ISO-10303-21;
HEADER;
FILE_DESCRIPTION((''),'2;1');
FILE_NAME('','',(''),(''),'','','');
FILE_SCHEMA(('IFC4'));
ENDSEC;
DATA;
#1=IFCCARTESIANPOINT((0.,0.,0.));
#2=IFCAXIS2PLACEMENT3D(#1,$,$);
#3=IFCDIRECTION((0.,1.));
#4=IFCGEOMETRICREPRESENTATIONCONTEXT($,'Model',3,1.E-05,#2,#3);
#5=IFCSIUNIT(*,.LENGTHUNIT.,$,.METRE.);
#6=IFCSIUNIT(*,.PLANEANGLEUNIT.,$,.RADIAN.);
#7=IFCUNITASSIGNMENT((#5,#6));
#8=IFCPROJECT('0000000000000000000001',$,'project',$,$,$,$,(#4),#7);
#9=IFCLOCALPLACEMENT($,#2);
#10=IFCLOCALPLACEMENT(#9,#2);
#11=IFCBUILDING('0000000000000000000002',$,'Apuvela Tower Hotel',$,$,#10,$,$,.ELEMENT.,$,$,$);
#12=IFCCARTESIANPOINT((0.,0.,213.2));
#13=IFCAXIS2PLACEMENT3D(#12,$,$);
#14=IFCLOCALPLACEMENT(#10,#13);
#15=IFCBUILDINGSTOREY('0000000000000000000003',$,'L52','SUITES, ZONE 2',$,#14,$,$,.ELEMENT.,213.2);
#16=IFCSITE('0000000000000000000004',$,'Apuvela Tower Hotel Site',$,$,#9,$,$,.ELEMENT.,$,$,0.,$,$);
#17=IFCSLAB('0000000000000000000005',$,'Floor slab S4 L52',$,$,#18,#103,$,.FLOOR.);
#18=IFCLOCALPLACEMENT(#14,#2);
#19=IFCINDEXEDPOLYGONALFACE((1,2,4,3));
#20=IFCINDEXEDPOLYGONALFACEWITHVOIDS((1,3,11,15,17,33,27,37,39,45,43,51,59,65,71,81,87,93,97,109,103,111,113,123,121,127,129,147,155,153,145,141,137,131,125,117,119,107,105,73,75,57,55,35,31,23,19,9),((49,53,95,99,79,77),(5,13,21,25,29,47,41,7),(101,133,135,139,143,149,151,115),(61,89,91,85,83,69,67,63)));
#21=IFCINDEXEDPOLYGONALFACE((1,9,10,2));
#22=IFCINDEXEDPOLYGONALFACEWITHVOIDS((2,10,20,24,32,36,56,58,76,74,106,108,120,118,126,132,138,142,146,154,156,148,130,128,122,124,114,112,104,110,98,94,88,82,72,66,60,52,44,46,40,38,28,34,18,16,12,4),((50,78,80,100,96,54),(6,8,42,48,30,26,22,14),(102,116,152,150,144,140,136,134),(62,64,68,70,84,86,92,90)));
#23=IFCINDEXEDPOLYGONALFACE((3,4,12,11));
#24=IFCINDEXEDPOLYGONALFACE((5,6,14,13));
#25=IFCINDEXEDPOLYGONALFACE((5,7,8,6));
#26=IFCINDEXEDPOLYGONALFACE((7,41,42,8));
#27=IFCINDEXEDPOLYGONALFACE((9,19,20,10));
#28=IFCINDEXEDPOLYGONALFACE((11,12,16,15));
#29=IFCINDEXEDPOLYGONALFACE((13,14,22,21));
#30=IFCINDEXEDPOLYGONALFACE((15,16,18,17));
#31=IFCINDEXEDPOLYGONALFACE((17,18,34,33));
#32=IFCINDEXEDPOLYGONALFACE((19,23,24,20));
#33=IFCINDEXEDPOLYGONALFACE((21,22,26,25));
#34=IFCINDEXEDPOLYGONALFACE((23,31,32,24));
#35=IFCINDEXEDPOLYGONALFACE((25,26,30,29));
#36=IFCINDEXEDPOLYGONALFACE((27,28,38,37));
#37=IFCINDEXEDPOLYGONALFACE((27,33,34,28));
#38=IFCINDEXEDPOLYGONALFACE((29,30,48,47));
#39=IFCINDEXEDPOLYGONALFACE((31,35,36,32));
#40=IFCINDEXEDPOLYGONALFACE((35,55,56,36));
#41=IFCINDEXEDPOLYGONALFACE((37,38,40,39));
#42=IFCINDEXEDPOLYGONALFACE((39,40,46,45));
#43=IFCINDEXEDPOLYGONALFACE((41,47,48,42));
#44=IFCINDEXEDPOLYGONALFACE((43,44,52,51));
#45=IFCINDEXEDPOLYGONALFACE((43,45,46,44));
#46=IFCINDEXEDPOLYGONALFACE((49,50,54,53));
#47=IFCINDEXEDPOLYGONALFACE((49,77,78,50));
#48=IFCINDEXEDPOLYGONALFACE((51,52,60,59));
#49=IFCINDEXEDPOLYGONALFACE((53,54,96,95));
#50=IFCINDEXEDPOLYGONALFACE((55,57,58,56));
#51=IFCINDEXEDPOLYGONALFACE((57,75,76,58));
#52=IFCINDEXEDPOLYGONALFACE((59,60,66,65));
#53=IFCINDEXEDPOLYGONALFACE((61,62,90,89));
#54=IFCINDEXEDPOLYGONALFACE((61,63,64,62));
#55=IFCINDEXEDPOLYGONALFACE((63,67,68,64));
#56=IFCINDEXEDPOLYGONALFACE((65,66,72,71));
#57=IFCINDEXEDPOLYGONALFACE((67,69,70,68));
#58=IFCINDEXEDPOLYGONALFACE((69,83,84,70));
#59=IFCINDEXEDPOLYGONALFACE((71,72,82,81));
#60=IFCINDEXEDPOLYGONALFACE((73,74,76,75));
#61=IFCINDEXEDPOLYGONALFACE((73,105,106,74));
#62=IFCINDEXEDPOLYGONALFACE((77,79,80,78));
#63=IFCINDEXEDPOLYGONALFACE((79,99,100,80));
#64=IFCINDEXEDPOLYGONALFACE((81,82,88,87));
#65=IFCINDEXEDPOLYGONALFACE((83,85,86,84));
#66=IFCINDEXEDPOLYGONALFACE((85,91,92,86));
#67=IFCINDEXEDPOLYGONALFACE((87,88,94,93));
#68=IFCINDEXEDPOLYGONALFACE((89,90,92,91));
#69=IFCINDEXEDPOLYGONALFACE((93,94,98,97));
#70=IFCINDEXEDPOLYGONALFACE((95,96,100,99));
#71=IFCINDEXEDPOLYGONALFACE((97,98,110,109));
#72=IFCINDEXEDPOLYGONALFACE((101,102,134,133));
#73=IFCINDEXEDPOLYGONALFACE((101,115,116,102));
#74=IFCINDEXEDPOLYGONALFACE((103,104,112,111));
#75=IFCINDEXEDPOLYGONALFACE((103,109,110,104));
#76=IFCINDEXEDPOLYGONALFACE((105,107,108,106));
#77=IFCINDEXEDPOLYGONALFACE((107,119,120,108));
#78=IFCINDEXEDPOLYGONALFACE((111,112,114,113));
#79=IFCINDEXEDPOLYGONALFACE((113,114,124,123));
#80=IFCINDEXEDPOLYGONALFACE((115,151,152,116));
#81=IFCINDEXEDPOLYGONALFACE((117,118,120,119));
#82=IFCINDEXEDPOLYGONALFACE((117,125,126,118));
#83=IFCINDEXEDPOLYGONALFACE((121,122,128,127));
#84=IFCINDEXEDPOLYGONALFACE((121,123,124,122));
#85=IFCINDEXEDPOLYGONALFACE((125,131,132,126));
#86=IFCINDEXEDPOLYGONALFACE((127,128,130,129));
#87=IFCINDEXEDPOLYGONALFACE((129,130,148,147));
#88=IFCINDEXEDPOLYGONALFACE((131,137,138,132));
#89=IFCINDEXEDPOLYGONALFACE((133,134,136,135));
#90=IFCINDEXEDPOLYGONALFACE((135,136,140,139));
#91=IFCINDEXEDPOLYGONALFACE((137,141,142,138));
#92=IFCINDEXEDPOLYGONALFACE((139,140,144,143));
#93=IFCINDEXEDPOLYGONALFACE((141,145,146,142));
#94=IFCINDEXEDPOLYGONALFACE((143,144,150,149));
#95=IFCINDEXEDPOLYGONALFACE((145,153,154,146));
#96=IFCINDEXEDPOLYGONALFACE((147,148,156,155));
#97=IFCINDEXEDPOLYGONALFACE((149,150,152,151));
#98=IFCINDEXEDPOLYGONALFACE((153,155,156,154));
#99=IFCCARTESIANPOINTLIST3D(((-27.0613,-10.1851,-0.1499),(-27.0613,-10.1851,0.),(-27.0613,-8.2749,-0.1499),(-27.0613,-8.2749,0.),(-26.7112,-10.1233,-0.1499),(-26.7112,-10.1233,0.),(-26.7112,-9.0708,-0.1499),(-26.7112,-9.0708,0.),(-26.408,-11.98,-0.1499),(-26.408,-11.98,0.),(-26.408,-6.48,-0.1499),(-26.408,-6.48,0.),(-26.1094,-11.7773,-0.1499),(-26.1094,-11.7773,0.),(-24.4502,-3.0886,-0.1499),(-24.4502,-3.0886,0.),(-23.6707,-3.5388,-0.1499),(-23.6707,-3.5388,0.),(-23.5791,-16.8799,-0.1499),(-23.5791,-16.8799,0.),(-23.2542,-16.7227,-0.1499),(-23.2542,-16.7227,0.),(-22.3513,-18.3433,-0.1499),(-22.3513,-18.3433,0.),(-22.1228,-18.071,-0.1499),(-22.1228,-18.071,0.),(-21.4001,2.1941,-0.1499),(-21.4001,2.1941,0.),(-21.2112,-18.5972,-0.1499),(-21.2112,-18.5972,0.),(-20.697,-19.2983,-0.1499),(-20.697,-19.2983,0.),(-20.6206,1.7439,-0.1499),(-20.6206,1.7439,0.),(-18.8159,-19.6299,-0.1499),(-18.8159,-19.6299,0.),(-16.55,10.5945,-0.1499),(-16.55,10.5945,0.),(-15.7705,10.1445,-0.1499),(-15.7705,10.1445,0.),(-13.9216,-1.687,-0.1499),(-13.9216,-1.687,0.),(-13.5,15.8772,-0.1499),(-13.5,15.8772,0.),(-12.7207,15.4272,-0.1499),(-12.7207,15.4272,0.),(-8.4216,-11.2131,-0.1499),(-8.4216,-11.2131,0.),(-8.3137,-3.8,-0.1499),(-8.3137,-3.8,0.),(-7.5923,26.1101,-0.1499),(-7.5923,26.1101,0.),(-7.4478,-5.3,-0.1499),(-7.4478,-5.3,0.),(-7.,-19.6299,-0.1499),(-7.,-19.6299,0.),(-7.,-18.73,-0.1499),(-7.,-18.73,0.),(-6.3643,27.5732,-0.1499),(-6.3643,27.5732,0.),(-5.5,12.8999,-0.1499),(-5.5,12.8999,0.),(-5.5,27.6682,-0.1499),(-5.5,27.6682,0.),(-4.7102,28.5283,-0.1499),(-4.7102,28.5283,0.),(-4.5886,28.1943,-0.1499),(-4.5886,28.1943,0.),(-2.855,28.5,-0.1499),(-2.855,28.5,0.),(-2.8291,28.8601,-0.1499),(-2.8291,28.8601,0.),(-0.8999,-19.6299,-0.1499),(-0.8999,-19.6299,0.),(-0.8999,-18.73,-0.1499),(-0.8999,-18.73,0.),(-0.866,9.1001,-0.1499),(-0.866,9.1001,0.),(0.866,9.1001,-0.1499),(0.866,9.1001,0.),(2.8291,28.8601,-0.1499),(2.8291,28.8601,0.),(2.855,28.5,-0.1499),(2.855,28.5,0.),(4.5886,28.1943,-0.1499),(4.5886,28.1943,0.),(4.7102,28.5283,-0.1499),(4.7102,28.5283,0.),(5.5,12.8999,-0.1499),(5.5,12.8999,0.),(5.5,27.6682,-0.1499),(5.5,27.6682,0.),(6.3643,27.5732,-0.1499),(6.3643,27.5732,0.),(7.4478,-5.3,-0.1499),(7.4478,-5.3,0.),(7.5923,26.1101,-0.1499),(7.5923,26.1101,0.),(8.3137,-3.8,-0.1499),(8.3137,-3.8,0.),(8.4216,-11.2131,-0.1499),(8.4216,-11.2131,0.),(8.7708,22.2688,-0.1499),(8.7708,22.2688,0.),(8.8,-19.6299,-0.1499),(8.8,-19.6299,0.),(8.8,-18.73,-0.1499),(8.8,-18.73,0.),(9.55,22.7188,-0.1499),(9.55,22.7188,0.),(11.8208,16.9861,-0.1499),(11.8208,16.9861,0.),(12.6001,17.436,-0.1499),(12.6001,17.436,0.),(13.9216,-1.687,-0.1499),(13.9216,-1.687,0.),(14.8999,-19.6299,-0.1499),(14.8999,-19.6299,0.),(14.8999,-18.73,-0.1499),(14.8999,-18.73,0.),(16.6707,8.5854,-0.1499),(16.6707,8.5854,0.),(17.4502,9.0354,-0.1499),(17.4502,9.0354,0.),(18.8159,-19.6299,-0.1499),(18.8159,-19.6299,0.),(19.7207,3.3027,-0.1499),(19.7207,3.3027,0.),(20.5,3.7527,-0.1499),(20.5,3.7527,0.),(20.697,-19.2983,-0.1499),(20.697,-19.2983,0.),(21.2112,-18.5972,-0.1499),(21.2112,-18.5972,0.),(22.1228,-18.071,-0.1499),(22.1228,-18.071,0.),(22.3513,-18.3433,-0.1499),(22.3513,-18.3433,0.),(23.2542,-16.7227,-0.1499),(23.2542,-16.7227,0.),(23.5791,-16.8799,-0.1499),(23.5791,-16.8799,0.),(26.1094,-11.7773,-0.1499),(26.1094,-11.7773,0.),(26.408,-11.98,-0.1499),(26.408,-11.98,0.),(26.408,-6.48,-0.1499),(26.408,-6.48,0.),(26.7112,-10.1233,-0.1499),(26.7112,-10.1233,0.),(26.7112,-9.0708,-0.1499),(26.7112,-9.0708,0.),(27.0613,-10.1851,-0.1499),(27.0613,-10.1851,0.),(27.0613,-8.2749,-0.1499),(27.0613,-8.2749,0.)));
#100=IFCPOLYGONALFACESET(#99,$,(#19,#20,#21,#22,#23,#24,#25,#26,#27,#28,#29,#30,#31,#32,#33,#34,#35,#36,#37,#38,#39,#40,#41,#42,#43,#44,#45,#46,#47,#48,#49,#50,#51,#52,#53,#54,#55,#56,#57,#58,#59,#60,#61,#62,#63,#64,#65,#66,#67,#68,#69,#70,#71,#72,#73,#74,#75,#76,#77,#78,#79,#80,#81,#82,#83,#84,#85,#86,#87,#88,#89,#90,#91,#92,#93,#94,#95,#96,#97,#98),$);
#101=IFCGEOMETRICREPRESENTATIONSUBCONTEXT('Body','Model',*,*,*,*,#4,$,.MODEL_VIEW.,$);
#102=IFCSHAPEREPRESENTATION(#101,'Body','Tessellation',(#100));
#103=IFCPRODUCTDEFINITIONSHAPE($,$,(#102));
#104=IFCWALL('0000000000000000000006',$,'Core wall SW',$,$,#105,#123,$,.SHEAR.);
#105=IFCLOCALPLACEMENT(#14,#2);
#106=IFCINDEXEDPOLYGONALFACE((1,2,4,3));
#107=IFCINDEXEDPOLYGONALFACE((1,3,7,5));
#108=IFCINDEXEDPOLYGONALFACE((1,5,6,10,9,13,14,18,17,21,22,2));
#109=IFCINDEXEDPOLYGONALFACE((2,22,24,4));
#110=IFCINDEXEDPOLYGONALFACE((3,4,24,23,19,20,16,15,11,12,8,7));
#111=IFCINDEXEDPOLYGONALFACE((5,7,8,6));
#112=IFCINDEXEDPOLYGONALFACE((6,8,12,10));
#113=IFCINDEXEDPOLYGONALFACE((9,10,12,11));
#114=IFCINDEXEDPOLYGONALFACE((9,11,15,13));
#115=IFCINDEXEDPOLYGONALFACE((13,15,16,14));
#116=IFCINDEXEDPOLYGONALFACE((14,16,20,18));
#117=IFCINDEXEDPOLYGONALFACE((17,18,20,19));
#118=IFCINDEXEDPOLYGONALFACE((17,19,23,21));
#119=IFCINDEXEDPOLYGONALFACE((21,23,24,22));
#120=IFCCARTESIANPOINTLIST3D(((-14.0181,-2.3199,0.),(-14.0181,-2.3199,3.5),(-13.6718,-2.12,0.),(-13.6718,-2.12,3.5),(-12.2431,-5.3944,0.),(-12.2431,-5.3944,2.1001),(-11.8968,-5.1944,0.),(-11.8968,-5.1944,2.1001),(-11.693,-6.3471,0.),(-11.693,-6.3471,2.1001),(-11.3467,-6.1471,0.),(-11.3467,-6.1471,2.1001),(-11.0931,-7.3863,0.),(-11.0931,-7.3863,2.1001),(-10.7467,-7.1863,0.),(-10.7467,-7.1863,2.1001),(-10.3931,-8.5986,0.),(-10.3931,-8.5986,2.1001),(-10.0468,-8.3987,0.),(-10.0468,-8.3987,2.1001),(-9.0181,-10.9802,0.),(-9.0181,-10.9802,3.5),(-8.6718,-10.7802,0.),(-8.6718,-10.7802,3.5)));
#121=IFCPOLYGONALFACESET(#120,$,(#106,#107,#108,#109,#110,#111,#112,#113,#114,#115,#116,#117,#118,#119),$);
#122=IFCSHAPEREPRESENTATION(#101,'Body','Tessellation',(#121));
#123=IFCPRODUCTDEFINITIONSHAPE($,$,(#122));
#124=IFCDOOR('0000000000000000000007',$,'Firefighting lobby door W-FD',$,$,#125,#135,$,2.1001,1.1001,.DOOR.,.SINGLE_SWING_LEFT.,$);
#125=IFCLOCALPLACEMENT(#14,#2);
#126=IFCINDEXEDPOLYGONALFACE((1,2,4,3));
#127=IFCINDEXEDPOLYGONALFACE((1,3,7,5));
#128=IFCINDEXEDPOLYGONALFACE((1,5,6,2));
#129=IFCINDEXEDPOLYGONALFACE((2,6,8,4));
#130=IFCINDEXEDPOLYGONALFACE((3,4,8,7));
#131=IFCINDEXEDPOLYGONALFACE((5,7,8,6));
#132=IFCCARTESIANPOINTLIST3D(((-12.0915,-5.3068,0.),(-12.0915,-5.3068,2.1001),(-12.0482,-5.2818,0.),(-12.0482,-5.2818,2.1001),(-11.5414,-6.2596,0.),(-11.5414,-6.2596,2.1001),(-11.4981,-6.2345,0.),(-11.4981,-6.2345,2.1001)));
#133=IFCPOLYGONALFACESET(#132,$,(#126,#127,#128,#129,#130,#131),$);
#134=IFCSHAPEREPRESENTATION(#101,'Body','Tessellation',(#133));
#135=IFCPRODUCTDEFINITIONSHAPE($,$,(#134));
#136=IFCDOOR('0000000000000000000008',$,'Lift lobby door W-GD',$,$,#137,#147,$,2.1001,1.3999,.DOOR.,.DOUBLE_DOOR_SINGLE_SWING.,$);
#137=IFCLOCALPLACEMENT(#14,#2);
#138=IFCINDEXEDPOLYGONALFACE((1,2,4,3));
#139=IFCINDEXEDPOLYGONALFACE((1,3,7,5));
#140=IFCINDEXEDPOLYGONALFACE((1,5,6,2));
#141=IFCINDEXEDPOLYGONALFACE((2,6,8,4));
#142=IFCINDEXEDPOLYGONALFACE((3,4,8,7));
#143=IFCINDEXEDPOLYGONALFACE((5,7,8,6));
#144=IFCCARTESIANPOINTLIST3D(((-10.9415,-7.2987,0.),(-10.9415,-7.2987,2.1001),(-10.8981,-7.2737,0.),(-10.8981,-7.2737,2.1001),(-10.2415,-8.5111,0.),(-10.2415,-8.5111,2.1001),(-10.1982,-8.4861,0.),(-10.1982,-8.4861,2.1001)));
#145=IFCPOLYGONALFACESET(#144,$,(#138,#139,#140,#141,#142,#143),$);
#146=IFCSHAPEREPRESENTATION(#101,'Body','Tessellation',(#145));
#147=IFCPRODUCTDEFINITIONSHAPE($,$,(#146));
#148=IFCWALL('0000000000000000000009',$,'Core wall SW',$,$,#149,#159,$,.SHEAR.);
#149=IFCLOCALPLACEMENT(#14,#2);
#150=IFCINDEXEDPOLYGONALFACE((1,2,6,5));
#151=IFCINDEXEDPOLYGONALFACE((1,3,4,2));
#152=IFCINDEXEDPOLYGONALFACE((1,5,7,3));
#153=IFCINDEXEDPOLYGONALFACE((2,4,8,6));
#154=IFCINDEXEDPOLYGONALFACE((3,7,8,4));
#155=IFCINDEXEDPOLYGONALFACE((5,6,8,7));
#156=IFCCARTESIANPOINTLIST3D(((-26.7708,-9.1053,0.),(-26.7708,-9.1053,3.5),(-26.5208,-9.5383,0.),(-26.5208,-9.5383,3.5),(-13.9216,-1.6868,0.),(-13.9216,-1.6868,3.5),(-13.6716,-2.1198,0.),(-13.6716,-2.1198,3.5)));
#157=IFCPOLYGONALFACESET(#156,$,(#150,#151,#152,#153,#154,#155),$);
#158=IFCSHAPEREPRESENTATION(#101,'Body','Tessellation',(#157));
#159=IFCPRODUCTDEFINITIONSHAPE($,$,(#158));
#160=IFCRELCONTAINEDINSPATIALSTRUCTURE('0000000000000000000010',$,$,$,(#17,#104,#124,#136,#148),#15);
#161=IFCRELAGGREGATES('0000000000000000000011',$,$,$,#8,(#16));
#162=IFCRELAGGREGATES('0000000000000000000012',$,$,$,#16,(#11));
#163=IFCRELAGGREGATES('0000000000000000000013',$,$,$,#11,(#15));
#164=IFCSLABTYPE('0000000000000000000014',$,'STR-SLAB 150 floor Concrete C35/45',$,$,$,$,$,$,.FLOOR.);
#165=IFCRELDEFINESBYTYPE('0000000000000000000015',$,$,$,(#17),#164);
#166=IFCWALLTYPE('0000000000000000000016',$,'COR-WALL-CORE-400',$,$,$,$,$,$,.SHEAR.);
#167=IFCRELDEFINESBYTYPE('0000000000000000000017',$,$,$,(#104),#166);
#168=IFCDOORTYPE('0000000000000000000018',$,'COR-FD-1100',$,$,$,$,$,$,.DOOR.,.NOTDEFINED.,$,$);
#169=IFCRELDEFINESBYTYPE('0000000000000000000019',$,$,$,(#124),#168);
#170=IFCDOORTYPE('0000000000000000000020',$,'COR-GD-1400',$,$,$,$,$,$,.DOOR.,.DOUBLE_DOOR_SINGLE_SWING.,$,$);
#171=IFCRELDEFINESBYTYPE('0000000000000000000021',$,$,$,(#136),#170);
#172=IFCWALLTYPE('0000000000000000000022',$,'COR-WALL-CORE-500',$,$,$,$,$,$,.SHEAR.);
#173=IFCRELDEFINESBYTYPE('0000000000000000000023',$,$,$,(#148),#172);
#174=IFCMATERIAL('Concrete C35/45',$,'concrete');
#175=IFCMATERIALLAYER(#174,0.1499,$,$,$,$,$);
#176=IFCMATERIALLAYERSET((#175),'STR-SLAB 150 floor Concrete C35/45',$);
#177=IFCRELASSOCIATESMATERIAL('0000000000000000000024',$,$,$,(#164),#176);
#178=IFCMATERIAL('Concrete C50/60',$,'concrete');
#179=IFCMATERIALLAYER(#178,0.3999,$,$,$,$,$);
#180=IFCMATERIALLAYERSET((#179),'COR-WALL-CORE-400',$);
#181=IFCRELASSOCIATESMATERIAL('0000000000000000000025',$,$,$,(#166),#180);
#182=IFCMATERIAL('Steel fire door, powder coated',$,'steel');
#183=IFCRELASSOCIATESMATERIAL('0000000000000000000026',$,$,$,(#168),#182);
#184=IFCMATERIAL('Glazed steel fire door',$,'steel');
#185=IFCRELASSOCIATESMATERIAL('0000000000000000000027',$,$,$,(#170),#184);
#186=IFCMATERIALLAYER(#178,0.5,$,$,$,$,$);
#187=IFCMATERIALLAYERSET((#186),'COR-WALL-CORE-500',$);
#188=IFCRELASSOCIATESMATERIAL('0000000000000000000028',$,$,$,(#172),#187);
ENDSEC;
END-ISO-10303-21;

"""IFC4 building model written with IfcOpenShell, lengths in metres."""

from ifc_helpers import new_model, si_unit, direction, frame, frame_2d, origin, place, context, subcontext, project, spatial, polyline, rectangle, outline, extrude, material, layer, layer_set, type_object, element, fill, save


model = new_model("IFC4")

# Units and contexts
model_context = context("Model", 3, precision=1e-05, world=origin(), true_north=direction((0.0, 1.0)))
body_context = subcontext(model_context, "Body", "Model", "MODEL_VIEW")
ifc_project = project(units=[si_unit("LENGTHUNIT", "METRE"), si_unit("PLANEANGLEUNIT", "RADIAN")], contexts=[model_context])

# Site, building, storey
site_placement = place(None, origin())
site = spatial("IfcSite", under=ifc_project, at=site_placement, Name="Apuvela Tower Hotel Site", CompositionType="ELEMENT", RefElevation=0.0)
building_placement = place(site_placement, origin())
building = spatial("IfcBuilding", under=site, at=building_placement, Name="Apuvela Tower Hotel", CompositionType="ELEMENT")
storey_placement = place(building_placement, frame((0.0, 0.0, 213.2)))
storey = spatial("IfcBuildingStorey", under=building, at=storey_placement, Name="L52", Description="SUITES, ZONE 2", CompositionType="ELEMENT", Elevation=213.2)

# Slab
ifc_material_1 = material(Name="Concrete C35/45", Category="concrete")
ifc_layer_1 = layer(ifc_material_1, 0.1499)
ifc_layer_set_1 = layer_set([ifc_layer_1], Name="STR-SLAB 150 floor Concrete C35/45")
slab_type_1 = type_object("IfcSlabType", Name="STR-SLAB 150 floor Concrete C35/45", PredefinedType="FLOOR", material=ifc_layer_set_1)
slab_1_placement = place(storey_placement, frame((0.0, 0.0, -0.1499)))
element("IfcSlab", 1, at=slab_1_placement, inside=storey, type_object=slab_type_1, Name="Floor slab S4 L52", PredefinedType="FLOOR", context=body_context, shape_type="SweptSolid", body=[
    extrude(outline(polyline([(-6.3643, 27.5732), (-4.7102, 28.5283), (-2.8291, 28.8601), (2.8291, 28.8601), (4.7102, 28.5283), (6.3643, 27.5732), (7.5923, 26.1101), (9.55, 22.7188), (8.7708, 22.2688), (11.8208, 16.9861), (12.6001, 17.436), (17.4502, 9.0354), (16.6707, 8.5854), (19.7207, 3.3027), (20.5, 3.7527), (26.408, -6.48), (27.0613, -8.2749), (27.0613, -10.1851), (26.408, -11.98), (23.5791, -16.8799), (22.3513, -18.3433), (20.697, -19.2983), (18.8159, -19.6299), (14.8999, -19.6299), (14.8999, -18.73), (8.8, -18.73), (8.8, -19.6299), (-0.8999, -19.6299), (-0.8999, -18.73), (-7.0, -18.73), (-7.0, -19.6299), (-18.8159, -19.6299), (-20.697, -19.2983), (-22.3513, -18.3433), (-23.5791, -16.8799), (-26.408, -11.98), (-27.0613, -10.1851), (-27.0613, -8.2749), (-26.408, -6.48), (-24.4502, -3.0886), (-23.6707, -3.5388), (-20.6206, 1.7439), (-21.4001, 2.1941), (-16.55, 10.5945), (-15.7705, 10.1445), (-12.7207, 15.4272), (-13.5, 15.8772), (-7.5923, 26.1101), (-6.3643, 27.5732)]), holes=[polyline([(0.866, 9.1001), (-0.866, 9.1001), (-8.3137, -3.8), (-7.4478, -5.3), (7.4478, -5.3), (8.3137, -3.8), (0.866, 9.1001)]), polyline([(-5.5, 12.8999), (-5.5, 27.6682), (-4.5886, 28.1943), (-2.855, 28.5), (2.855, 28.5), (4.5886, 28.1943), (5.5, 27.6682), (5.5, 12.8999), (-5.5, 12.8999)]), polyline([(-8.4216, -11.2131), (-21.2112, -18.5972), (-22.1228, -18.071), (-23.2542, -16.7227), (-26.1094, -11.7773), (-26.7112, -10.1233), (-26.7112, -9.0708), (-13.9216, -1.687), (-8.4216, -11.2131)]), polyline([(13.9216, -1.687), (26.7112, -9.0708), (26.7112, -10.1233), (26.1094, -11.7773), (23.2542, -16.7227), (22.1228, -18.071), (21.2112, -18.5972), (8.4216, -11.2131), (13.9216, -1.687)])]), origin(), (0.0, 0.0, 1.0), 0.1499),
])

# Wall, openings, doors
ifc_material_2 = material(Name="Concrete C50/60", Category="concrete")
ifc_layer_2 = layer(ifc_material_2, 0.3999)
ifc_layer_set_2 = layer_set([ifc_layer_2], Name="COR-WALL-CORE-400")
wall_type_1 = type_object("IfcWallType", Name="COR-WALL-CORE-400", PredefinedType="SHEAR", material=ifc_layer_set_2)
wall_1_placement = place(storey_placement, frame((-13.845, -2.22, 0.0), z_axis=(0.0, 0.0, 1.0), x_axis=(0.500004, -0.866023, 0.0)))
wall_1 = element("IfcWall", 2, at=wall_1_placement, inside=storey, type_object=wall_type_1, Name="Core wall SW", PredefinedType="SHEAR", context=body_context, shape_type="SweptSolid", body=[
    extrude(rectangle(XDim=10.0, YDim=0.3999, at=frame_2d((5.0, 0.0))), origin(), (0.0, 0.0, 1.0), 3.5),
])
opening_1_placement = place(wall_1_placement, frame((3.55, 0.0, 0.0)))
opening_1 = element("IfcOpeningElement", 3, at=opening_1_placement, cuts=wall_1, PredefinedType="OPENING", context=body_context, shape_type="SweptSolid", body=[
    extrude(rectangle(XDim=1.1001, YDim=2.1001, at=frame_2d((0.55, 1.05))), frame((0.0, 0.21, 0.0), z_axis=(0.0, -1.0, 0.0), x_axis=(1.0, 0.0, 0.0)), (0.0, 0.0, 1.0), 0.4199),
])
opening_2_placement = place(wall_1_placement, frame((5.8501, 0.0, 0.0)))
opening_2 = element("IfcOpeningElement", 4, at=opening_2_placement, cuts=wall_1, PredefinedType="OPENING", context=body_context, shape_type="SweptSolid", body=[
    extrude(rectangle(XDim=1.3999, YDim=2.1001, at=frame_2d((0.7, 1.05))), frame((0.0, 0.21, 0.0), z_axis=(0.0, -1.0, 0.0), x_axis=(1.0, 0.0, 0.0)), (0.0, 0.0, 1.0), 0.4199),
])
ifc_material_3 = material(Name="Steel fire door, powder coated", Category="steel")
door_type_1 = type_object("IfcDoorType", Name="COR-FD-1100", OperationType="NOTDEFINED", PredefinedType="DOOR", material=ifc_material_3)
door_1_placement = place(opening_1_placement, frame((1.1001, 0.0, 0.0), z_axis=(0.0, 0.0, 1.0), x_axis=(-1.0, 0.0, 0.0)))
door_1 = element("IfcDoor", 5, at=door_1_placement, inside=storey, type_object=door_type_1, Name="Firefighting lobby door W-FD", OperationType="SINGLE_SWING_LEFT", OverallHeight=2.1001, OverallWidth=1.1001, PredefinedType="DOOR", context=body_context, shape_type="SweptSolid", body=[
    extrude(rectangle(XDim=1.1001, YDim=2.1001, at=frame_2d((0.55, 1.05))), frame((0.0, 0.0249, 0.0), z_axis=(0.0, -1.0, 0.0), x_axis=(1.0, 0.0, 0.0)), (0.0, 0.0, 1.0), 0.05),
])
fill(opening_1, door_1)
ifc_material_4 = material(Name="Glazed steel fire door", Category="steel")
door_type_2 = type_object("IfcDoorType", Name="COR-GD-1400", OperationType="DOUBLE_DOOR_SINGLE_SWING", PredefinedType="DOOR", material=ifc_material_4)
door_2_placement = place(opening_2_placement, frame((1.3999, 0.0, 0.0), z_axis=(0.0, 0.0, 1.0), x_axis=(-1.0, 0.0, 0.0)))
door_2 = element("IfcDoor", 6, at=door_2_placement, inside=storey, type_object=door_type_2, Name="Lift lobby door W-GD", OperationType="DOUBLE_DOOR_SINGLE_SWING", OverallHeight=2.1001, OverallWidth=1.3999, PredefinedType="DOOR", context=body_context, shape_type="SweptSolid", body=[
    extrude(rectangle(XDim=1.3999, YDim=2.1001, at=frame_2d((0.7, 1.05))), frame((0.0, 0.0249, 0.0), z_axis=(0.0, -1.0, 0.0), x_axis=(1.0, 0.0, 0.0)), (0.0, 0.0, 1.0), 0.05),
])
fill(opening_2, door_2)

# Wall
ifc_layer_3 = layer(ifc_material_2, 0.5)
ifc_layer_set_3 = layer_set([ifc_layer_3], Name="COR-WALL-CORE-500")
wall_type_2 = type_object("IfcWallType", Name="COR-WALL-CORE-500", PredefinedType="SHEAR", material=ifc_layer_set_3)
wall_2_placement = place(storey_placement, frame((-13.7966, -1.9033, 0.0), z_axis=(0.0, 0.0, 1.0), x_axis=(-0.866025, -0.500001, 0.0)))
element("IfcWall", 7, at=wall_2_placement, inside=storey, type_object=wall_type_2, Name="Core wall SW", PredefinedType="SHEAR", context=body_context, shape_type="SweptSolid", body=[
    extrude(rectangle(XDim=14.8369, YDim=0.5, at=frame_2d((7.4185, 0.0))), origin(), (0.0, 0.0, 1.0), 3.5),
])

save(model, "model.ifc")
